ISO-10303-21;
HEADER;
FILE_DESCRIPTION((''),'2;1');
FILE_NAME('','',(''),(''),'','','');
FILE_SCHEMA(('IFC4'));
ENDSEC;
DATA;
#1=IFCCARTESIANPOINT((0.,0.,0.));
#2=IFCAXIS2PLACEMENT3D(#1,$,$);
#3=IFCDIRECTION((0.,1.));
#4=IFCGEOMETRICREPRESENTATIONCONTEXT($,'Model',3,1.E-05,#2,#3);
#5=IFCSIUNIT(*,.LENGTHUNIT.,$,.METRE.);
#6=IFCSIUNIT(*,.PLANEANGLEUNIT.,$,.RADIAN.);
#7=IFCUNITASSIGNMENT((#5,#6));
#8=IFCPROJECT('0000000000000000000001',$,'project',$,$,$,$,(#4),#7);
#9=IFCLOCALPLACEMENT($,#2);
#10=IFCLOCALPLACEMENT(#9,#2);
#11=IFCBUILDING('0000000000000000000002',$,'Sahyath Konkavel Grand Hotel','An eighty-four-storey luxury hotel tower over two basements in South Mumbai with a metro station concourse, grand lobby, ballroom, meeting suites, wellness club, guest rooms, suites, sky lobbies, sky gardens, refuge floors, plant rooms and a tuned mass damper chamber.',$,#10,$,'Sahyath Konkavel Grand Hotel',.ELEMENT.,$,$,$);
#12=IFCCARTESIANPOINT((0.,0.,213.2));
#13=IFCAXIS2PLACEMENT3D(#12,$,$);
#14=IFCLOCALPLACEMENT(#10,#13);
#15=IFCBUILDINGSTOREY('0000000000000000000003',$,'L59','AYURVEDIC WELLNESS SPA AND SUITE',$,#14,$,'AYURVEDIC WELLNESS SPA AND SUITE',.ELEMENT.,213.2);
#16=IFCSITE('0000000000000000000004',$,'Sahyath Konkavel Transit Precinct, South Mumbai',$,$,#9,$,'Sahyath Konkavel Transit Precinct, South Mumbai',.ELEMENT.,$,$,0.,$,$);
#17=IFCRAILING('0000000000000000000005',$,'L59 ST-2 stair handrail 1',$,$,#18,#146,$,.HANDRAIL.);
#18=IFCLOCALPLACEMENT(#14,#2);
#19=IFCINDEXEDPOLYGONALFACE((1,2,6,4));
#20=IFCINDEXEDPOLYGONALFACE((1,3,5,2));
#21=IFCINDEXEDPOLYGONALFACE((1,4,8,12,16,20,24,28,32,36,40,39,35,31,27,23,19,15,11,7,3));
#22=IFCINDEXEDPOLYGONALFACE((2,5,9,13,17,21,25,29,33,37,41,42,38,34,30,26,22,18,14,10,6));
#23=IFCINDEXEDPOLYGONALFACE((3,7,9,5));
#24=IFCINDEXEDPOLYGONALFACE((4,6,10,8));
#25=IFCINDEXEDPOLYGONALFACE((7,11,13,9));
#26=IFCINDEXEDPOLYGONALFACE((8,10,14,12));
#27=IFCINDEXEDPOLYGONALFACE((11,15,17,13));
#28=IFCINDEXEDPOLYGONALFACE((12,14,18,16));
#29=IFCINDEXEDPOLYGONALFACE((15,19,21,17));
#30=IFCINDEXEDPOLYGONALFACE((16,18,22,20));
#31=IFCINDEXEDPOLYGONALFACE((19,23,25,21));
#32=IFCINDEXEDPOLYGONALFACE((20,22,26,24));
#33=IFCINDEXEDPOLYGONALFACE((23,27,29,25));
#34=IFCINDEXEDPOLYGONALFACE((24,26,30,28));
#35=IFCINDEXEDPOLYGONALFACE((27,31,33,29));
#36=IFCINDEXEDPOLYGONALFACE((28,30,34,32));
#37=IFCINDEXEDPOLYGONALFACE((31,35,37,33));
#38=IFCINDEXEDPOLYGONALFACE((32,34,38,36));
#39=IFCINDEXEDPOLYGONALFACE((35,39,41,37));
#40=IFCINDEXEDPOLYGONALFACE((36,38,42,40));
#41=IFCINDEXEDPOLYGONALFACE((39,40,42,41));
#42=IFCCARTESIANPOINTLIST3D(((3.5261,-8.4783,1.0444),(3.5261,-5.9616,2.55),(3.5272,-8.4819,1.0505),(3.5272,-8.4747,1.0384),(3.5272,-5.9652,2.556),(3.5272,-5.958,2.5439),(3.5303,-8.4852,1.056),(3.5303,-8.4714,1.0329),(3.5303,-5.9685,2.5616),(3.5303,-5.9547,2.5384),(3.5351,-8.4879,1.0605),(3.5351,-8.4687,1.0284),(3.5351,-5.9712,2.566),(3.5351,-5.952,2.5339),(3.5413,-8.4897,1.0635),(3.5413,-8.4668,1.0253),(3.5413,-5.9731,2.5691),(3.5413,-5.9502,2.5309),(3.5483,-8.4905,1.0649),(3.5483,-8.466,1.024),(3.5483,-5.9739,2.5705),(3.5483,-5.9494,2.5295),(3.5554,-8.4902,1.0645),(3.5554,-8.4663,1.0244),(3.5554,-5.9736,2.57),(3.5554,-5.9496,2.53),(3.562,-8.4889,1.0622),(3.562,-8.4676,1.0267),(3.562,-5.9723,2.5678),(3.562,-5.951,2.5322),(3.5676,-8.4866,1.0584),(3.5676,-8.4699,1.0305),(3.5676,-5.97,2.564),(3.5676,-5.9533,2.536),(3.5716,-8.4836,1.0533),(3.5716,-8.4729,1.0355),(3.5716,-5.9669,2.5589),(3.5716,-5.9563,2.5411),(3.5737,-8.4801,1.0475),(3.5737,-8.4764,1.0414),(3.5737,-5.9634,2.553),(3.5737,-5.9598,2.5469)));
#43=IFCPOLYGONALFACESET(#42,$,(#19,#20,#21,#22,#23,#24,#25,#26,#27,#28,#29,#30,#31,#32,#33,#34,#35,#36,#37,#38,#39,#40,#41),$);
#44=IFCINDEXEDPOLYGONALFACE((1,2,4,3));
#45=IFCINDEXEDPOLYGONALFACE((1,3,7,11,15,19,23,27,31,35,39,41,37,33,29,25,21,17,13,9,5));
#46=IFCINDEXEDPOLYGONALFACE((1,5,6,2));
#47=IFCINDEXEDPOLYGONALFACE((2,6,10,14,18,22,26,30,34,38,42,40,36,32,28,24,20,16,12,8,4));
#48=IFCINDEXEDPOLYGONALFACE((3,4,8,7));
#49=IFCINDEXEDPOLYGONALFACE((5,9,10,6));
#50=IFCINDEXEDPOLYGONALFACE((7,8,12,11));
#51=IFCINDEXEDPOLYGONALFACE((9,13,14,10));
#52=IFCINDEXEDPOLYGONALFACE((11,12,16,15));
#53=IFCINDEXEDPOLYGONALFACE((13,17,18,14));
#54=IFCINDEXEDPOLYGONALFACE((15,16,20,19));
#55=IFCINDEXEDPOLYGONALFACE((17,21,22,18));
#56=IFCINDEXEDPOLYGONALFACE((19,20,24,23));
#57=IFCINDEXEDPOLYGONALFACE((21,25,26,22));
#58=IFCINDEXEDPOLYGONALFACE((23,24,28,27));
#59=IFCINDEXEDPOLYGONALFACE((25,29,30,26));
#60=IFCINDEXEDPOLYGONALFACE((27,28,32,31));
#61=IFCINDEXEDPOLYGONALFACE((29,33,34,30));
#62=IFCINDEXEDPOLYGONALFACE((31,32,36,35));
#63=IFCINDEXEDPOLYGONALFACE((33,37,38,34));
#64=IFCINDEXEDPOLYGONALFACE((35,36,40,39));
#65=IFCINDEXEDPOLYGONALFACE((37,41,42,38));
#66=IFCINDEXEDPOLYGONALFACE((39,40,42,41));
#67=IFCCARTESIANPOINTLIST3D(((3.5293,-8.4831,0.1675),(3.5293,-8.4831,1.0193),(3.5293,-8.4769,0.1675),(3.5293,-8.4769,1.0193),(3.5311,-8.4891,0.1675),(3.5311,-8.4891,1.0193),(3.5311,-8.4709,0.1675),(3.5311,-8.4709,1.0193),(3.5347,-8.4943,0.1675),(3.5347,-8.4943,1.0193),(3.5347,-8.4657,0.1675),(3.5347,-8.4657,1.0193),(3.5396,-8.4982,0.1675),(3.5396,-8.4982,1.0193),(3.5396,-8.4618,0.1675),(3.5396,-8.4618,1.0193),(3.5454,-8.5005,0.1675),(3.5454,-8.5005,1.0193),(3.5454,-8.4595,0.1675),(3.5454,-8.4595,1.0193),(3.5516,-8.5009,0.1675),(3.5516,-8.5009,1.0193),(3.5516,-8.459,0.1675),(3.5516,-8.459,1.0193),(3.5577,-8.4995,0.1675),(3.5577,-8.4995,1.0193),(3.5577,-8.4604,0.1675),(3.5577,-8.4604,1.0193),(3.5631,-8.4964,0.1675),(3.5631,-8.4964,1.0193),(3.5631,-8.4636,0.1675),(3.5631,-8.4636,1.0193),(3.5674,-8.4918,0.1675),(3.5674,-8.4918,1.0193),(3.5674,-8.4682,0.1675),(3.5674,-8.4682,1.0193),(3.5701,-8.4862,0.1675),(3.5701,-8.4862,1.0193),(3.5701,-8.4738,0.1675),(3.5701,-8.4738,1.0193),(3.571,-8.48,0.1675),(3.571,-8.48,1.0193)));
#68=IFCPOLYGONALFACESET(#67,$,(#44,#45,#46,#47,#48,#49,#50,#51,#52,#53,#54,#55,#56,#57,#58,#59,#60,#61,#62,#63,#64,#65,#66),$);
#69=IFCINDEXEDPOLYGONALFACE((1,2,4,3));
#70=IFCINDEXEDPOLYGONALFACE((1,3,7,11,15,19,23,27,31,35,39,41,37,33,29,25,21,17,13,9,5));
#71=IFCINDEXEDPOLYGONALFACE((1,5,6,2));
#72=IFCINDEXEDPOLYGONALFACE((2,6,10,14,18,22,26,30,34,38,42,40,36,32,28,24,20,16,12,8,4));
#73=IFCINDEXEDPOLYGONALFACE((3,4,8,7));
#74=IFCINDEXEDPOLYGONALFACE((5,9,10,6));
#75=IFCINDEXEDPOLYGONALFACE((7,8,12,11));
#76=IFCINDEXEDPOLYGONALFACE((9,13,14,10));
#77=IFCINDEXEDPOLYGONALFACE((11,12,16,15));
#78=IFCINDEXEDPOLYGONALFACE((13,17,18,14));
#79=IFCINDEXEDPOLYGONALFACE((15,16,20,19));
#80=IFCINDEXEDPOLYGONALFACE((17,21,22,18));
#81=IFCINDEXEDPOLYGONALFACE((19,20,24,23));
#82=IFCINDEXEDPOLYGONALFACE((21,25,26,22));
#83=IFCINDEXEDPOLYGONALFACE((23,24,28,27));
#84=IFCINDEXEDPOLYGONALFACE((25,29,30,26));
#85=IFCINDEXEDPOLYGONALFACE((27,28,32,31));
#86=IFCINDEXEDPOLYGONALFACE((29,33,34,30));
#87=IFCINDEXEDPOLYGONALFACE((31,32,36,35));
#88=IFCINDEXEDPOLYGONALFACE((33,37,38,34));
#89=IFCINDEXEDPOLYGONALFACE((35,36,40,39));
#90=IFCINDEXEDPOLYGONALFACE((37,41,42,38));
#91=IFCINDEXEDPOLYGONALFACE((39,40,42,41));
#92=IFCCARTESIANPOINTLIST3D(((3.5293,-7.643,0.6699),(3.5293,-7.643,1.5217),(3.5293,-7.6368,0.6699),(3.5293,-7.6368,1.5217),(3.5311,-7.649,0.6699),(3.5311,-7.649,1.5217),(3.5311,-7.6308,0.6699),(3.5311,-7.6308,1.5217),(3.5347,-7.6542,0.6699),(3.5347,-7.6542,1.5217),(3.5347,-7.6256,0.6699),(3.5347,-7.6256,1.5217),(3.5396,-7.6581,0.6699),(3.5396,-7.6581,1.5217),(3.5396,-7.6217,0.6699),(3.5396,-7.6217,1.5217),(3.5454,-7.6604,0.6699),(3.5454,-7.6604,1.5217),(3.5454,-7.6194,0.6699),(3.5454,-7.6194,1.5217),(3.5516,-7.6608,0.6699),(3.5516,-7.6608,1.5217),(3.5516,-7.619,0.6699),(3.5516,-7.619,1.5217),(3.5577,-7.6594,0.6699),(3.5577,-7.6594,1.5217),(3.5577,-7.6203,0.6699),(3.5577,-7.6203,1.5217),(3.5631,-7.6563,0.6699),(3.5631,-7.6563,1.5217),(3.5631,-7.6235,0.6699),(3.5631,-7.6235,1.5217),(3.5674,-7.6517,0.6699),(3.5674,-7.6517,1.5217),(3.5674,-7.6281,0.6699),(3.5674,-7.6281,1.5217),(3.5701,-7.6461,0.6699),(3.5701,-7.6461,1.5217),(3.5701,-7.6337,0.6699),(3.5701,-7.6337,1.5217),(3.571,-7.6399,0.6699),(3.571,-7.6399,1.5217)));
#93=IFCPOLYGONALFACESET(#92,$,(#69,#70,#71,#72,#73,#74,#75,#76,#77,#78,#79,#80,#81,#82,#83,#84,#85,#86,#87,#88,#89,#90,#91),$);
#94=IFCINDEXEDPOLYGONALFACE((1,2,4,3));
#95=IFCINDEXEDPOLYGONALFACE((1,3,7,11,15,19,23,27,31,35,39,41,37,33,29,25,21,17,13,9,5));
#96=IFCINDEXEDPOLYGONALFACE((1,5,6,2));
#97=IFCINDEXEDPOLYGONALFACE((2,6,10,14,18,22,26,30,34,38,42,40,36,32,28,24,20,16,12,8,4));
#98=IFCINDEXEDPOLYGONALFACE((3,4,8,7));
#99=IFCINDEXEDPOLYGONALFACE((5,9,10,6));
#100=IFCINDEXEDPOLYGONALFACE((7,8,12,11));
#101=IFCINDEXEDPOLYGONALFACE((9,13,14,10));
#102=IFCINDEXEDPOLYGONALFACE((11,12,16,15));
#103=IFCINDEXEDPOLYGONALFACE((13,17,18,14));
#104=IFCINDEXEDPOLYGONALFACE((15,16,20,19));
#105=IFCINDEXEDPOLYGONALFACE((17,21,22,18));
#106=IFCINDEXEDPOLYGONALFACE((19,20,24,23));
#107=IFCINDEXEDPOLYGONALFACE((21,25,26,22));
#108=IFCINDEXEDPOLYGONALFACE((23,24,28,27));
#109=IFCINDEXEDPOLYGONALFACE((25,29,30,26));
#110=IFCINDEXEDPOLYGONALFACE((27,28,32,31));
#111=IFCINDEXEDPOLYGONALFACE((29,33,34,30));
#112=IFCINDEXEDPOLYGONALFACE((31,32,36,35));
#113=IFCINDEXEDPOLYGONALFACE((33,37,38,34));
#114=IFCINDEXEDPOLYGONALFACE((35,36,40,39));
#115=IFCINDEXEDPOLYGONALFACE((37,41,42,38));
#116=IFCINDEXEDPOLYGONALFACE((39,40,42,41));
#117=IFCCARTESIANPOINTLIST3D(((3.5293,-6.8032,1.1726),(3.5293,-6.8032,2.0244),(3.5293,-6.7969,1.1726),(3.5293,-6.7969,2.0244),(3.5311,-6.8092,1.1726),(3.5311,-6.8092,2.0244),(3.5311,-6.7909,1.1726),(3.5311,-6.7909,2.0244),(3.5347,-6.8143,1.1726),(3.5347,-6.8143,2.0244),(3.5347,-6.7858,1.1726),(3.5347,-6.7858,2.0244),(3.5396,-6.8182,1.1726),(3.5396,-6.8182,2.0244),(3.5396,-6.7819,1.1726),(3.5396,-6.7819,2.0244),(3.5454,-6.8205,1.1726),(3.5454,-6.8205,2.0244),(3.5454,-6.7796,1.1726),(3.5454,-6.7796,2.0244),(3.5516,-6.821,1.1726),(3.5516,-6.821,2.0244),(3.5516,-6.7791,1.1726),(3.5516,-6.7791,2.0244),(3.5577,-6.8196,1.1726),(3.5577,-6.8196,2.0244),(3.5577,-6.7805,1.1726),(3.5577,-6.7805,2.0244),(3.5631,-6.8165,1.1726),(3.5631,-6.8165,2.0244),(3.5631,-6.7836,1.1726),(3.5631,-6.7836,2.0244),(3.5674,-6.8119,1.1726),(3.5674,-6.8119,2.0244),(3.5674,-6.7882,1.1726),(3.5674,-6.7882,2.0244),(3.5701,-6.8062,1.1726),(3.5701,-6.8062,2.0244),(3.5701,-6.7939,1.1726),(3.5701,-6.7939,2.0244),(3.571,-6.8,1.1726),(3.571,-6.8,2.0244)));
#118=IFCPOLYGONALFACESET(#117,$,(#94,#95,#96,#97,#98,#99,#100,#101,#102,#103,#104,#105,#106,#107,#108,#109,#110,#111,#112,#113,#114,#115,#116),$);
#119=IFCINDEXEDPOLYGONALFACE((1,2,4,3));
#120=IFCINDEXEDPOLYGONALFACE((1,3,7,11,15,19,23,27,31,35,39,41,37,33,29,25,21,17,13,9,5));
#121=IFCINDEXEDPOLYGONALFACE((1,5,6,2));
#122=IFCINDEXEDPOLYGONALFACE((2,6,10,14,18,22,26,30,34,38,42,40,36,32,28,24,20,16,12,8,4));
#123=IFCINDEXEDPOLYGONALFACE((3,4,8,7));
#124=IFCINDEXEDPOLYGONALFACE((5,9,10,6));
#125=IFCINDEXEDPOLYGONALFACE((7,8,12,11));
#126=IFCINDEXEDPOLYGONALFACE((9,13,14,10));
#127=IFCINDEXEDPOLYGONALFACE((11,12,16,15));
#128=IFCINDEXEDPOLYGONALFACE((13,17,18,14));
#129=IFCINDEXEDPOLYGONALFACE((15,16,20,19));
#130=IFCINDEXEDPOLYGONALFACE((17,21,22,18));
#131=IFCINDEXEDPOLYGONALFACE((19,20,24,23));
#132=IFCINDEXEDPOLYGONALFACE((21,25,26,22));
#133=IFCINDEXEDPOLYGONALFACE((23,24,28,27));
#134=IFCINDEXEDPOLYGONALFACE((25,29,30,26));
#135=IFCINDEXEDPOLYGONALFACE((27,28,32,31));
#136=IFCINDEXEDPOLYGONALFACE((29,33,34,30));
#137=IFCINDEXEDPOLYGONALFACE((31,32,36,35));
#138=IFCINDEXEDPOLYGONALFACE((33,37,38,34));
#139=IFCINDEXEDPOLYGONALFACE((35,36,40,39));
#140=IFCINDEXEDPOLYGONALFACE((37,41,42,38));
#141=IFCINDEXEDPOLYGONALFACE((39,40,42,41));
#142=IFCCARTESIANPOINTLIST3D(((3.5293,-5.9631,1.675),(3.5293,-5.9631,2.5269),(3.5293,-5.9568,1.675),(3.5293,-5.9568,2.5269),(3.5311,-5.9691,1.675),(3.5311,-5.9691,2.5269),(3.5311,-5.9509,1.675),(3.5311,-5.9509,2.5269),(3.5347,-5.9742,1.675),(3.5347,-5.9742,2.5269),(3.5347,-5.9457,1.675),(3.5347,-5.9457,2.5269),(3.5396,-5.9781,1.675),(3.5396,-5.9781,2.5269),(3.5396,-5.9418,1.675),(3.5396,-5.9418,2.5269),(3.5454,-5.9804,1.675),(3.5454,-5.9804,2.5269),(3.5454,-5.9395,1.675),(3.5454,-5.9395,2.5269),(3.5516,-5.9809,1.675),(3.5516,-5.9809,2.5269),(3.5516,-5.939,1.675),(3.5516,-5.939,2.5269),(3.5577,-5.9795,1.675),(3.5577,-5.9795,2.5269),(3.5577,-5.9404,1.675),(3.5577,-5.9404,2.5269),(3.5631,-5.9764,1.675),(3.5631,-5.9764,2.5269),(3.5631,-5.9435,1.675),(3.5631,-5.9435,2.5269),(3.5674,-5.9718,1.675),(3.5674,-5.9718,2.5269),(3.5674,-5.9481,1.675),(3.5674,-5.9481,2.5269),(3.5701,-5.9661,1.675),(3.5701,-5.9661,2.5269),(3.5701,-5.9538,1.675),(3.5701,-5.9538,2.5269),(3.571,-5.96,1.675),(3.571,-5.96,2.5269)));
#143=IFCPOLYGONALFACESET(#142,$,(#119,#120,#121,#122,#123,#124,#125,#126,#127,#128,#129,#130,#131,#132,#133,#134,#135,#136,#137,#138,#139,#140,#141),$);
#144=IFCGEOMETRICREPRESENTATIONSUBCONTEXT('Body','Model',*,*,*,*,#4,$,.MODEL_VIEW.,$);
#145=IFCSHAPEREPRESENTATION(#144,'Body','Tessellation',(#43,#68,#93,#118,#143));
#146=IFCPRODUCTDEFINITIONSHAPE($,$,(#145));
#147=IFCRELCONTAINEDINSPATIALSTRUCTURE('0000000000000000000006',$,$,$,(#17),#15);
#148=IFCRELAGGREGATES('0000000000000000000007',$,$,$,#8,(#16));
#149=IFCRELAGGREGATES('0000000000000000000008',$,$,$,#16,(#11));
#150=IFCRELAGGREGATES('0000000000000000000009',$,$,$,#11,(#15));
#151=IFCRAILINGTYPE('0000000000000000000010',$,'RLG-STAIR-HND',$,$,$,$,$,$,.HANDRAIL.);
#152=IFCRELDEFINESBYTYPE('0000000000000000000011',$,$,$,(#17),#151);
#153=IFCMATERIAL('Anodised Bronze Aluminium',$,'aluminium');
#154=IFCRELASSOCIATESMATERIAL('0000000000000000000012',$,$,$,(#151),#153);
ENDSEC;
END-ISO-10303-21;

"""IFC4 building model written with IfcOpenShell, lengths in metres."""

from ifc_helpers import new_model, si_unit, direction, frame, origin, origin_2d, place, context, subcontext, project, spatial, circle, extrude, material, type_object, element, save


model = new_model("IFC4")

# Units and contexts
model_context = context("Model", 3, precision=1e-05, world=origin(), true_north=direction((0.0, 1.0)))
body_context = subcontext(model_context, "Body", "Model", "MODEL_VIEW")
ifc_project = project(units=[si_unit("LENGTHUNIT", "METRE"), si_unit("PLANEANGLEUNIT", "RADIAN")], contexts=[model_context])

# Site, building, storey
site_placement = place(None, origin())
site = spatial("IfcSite", under=ifc_project, at=site_placement, Name="Sahyath Konkavel Transit Precinct, South Mumbai", LongName="Sahyath Konkavel Transit Precinct, South Mumbai", CompositionType="ELEMENT", RefElevation=0.0)
building_placement = place(site_placement, origin())
building = spatial("IfcBuilding", under=site, at=building_placement, Name="Sahyath Konkavel Grand Hotel", Description="An eighty-four-storey luxury hotel tower over two basements in South Mumbai with a metro station concourse, grand lobby, ballroom, meeting suites, wellness club, guest rooms, suites, sky lobbies, sky gardens, refuge floors, plant rooms and a tuned mass damper chamber.", LongName="Sahyath Konkavel Grand Hotel", CompositionType="ELEMENT")
storey_placement = place(building_placement, frame((0.0, 0.0, 213.2)))
storey = spatial("IfcBuildingStorey", under=building, at=storey_placement, Name="L59", Description="AYURVEDIC WELLNESS SPA AND SUITE", LongName="AYURVEDIC WELLNESS SPA AND SUITE", CompositionType="ELEMENT", Elevation=213.2)

# Railing
ifc_material_1 = material(Name="Anodised Bronze Aluminium", Category="aluminium")
railing_type_1 = type_object("IfcRailingType", Name="RLG-STAIR-HND", PredefinedType="HANDRAIL", material=ifc_material_1)
railing_1_placement = place(storey_placement, frame((3.55, -8.48, 0.1675)))
element("IfcRailing", 1, at=railing_1_placement, inside=storey, type_object=railing_type_1, Name="L59 ST-2 stair handrail 1", PredefinedType="HANDRAIL", context=body_context, shape_type="SweptSolid", body=[
    extrude(circle(Radius=0.0239, at=origin_2d()), frame((0.0, 0.0017, 0.877), z_axis=(0.0, 0.85816, 0.513383), x_axis=(-1.0, 0.0, 0.0)), (0.0, 0.0, 1.0), 2.9326),
    extrude(circle(Radius=0.021, at=origin_2d()), origin(), (0.0, 0.0, 1.0), 0.8518),
    extrude(circle(Radius=0.021, at=origin_2d()), frame((0.0, 0.8401, 0.5024)), (0.0, 0.0, 1.0), 0.8518),
    extrude(circle(Radius=0.021, at=origin_2d()), frame((0.0, 1.6799, 1.0051)), (0.0, 0.0, 1.0), 0.8518),
    extrude(circle(Radius=0.021, at=origin_2d()), frame((0.0, 2.52, 1.5076)), (0.0, 0.0, 1.0), 0.8518),
])

save(model, "model.ifc")
